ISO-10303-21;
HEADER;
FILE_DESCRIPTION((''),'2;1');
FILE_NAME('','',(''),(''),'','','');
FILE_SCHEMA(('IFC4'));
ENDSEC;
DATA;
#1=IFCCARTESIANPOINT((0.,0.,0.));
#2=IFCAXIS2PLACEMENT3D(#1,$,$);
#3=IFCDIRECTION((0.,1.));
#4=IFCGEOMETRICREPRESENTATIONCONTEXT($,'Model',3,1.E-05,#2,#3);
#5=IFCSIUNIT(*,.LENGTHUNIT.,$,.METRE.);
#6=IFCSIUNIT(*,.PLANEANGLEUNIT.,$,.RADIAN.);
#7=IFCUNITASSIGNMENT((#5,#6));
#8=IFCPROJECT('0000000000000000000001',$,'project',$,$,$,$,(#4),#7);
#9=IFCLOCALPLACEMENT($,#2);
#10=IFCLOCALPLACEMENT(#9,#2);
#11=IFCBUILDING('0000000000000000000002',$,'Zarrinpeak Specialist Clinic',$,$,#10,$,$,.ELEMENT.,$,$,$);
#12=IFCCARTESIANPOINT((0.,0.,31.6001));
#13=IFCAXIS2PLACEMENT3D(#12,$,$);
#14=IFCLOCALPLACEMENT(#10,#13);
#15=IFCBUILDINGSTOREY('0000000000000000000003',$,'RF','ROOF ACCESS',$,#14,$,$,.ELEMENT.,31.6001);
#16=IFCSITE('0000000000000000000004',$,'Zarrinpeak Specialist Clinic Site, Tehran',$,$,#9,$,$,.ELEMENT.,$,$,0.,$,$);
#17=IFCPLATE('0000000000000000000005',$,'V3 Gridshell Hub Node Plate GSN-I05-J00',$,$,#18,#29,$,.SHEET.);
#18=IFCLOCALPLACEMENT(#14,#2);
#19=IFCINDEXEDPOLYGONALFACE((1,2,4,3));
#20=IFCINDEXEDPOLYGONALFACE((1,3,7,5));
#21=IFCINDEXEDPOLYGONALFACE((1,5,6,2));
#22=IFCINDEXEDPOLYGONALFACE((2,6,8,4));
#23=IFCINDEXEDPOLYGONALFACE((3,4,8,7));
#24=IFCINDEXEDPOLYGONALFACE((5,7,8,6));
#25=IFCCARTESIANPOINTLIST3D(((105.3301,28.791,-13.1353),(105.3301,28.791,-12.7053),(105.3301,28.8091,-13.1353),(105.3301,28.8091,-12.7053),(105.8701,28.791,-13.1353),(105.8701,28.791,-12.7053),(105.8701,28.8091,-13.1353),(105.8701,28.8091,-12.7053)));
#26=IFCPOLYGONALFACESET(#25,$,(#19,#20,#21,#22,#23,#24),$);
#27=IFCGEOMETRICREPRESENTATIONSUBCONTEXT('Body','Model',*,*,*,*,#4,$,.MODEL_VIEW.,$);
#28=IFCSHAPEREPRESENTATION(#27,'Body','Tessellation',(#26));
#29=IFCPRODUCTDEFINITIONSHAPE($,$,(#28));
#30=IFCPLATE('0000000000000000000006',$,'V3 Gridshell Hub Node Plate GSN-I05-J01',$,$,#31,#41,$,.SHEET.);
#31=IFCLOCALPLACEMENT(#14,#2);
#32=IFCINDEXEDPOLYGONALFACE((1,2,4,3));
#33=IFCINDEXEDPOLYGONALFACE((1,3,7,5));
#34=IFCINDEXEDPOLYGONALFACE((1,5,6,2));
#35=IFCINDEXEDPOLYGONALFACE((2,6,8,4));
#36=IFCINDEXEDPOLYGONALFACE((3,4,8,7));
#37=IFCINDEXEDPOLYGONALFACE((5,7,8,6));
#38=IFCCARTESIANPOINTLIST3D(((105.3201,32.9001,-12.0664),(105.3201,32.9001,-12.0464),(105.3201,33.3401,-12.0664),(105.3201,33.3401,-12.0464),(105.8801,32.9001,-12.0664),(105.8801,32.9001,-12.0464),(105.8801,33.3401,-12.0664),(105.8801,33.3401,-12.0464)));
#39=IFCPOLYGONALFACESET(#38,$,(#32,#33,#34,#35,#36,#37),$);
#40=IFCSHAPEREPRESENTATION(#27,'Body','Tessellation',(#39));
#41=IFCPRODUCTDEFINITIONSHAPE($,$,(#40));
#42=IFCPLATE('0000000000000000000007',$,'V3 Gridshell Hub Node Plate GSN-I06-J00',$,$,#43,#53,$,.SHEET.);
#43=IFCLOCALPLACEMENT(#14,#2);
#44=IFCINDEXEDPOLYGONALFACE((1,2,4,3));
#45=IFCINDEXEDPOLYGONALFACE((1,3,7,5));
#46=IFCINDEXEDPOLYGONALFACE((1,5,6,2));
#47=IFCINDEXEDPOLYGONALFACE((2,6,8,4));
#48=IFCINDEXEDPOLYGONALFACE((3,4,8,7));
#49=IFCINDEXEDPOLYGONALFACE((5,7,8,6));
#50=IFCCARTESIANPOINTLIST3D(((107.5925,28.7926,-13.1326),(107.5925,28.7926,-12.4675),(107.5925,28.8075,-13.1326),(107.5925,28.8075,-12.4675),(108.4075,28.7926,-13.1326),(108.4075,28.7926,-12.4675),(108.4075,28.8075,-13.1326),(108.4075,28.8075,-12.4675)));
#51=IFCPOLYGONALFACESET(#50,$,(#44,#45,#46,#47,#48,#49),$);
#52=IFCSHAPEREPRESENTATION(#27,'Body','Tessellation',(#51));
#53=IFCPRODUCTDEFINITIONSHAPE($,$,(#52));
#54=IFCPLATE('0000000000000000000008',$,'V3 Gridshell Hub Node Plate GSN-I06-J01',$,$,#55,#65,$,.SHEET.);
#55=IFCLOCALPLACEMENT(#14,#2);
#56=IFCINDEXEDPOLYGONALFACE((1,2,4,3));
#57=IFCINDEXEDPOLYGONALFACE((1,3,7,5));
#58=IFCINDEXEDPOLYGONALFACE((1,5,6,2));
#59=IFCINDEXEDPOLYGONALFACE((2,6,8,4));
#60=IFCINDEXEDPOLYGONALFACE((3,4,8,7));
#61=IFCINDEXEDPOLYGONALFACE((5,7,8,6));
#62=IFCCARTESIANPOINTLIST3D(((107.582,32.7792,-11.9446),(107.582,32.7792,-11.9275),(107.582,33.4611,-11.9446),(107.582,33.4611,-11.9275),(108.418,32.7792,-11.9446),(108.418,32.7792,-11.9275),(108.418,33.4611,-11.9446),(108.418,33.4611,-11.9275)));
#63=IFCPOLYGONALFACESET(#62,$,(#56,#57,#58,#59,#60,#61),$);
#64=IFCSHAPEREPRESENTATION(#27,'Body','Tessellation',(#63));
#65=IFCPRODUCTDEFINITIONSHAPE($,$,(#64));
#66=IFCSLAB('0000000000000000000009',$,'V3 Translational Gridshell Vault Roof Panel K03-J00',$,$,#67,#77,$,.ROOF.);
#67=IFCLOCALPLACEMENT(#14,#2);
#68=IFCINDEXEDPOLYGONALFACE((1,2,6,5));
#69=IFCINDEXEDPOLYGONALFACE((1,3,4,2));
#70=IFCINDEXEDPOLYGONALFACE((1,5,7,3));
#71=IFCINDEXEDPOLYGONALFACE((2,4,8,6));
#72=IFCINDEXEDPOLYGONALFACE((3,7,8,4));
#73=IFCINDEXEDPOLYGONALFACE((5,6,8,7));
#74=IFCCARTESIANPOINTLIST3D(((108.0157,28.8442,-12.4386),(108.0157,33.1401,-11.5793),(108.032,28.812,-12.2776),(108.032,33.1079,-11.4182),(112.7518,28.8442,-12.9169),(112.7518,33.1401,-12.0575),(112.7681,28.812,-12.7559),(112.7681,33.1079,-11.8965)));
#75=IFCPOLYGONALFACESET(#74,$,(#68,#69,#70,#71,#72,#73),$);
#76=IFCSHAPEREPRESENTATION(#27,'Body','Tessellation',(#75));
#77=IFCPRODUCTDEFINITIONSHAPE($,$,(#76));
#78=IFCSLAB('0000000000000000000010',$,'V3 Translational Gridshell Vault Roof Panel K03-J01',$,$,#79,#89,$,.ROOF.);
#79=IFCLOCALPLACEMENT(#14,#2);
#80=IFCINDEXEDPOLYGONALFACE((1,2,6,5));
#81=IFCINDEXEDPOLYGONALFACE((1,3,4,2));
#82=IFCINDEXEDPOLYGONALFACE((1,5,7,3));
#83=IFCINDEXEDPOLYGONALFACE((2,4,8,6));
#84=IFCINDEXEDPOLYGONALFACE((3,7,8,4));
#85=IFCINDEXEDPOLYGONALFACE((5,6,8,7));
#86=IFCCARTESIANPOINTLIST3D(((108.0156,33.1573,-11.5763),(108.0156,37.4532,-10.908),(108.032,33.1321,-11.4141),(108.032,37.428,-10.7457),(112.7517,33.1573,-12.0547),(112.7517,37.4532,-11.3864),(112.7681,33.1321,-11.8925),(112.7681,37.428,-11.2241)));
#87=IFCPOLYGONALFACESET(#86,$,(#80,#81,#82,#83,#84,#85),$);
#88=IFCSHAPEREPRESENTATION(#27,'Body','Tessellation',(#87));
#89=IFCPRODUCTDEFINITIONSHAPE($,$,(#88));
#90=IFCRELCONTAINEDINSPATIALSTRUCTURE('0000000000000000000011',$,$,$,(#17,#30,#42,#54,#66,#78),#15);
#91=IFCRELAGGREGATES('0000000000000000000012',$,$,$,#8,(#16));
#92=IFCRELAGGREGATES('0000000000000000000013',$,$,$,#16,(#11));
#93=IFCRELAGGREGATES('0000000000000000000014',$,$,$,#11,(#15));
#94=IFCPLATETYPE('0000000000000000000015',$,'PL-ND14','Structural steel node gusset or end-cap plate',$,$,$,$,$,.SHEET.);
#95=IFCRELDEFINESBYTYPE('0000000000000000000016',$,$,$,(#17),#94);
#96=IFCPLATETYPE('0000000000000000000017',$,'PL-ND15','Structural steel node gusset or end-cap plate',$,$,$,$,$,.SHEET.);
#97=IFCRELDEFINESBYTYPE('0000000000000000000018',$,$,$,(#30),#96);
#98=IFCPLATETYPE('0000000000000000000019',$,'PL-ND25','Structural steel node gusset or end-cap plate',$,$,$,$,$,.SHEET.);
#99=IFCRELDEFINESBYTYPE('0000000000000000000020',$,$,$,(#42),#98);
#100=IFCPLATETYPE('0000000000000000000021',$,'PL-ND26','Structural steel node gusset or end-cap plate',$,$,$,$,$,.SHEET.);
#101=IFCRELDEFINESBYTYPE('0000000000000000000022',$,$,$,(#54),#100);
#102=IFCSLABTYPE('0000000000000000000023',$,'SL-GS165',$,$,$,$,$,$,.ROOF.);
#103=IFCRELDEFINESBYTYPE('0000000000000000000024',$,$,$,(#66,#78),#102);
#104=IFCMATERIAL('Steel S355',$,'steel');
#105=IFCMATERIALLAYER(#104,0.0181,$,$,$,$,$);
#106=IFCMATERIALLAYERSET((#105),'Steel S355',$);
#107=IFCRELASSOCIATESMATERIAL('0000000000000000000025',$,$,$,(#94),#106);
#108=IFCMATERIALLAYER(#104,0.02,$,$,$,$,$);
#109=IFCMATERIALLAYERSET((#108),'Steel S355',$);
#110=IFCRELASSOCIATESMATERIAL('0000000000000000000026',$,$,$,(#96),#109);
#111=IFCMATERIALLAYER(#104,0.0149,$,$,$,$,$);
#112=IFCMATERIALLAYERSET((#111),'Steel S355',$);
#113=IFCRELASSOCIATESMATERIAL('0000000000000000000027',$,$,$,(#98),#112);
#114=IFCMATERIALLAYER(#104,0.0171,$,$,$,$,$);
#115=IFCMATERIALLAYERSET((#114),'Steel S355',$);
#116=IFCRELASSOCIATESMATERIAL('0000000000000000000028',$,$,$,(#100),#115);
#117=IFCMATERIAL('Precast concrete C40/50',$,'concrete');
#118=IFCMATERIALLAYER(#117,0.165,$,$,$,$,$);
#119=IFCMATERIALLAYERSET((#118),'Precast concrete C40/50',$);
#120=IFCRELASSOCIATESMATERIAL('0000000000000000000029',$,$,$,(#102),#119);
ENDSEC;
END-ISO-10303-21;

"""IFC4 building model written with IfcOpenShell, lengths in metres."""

from ifc_helpers import new_model, si_unit, direction, frame, origin, origin_2d, place, context, subcontext, project, spatial, polyline, rectangle, outline, extrude, material, layer, layer_set, type_object, element, save


model = new_model("IFC4")

# Units and contexts
model_context = context("Model", 3, precision=1e-05, world=origin(), true_north=direction((0.0, 1.0)))
body_context = subcontext(model_context, "Body", "Model", "MODEL_VIEW")
ifc_project = project(units=[si_unit("LENGTHUNIT", "METRE"), si_unit("PLANEANGLEUNIT", "RADIAN")], contexts=[model_context])

# Site, building, storey
site_placement = place(None, origin())
site = spatial("IfcSite", under=ifc_project, at=site_placement, Name="Zarrinpeak Specialist Clinic Site, Tehran", CompositionType="ELEMENT", RefElevation=0.0)
building_placement = place(site_placement, origin())
building = spatial("IfcBuilding", under=site, at=building_placement, Name="Zarrinpeak Specialist Clinic", CompositionType="ELEMENT")
storey_placement = place(building_placement, frame((0.0, 0.0, 31.6001)))
storey = spatial("IfcBuildingStorey", under=building, at=storey_placement, Name="RF", Description="ROOF ACCESS", CompositionType="ELEMENT", Elevation=31.6001)

# Shared definitions
ifc_material_1 = material(Name="Steel S355", Category="steel")

# Plates
ifc_layer_1 = layer(ifc_material_1, 0.0181)
ifc_layer_set_1 = layer_set([ifc_layer_1], Name="Steel S355")
plate_type_1 = type_object("IfcPlateType", Name="PL-ND14", Description="Structural steel node gusset or end-cap plate", PredefinedType="SHEET", material=ifc_layer_set_1)
plate_1_placement = place(storey_placement, frame((105.6001, 28.8, -13.1353), z_axis=(0.0, 0.0, 1.0), x_axis=(1.0, 0.0, 0.0)))
element("IfcPlate", 1, at=plate_1_placement, inside=storey, type_object=plate_type_1, Name="V3 Gridshell Hub Node Plate GSN-I05-J00", PredefinedType="SHEET", context=body_context, shape_type="SweptSolid", body=[
    extrude(rectangle(XDim=0.54, YDim=0.0181, at=origin_2d()), origin(), (0.0, 0.0, 1.0), 0.4299),
])
ifc_layer_2 = layer(ifc_material_1, 0.02)
ifc_layer_set_2 = layer_set([ifc_layer_2], Name="Steel S355")
plate_type_2 = type_object("IfcPlateType", Name="PL-ND15", Description="Structural steel node gusset or end-cap plate", PredefinedType="SHEET", material=ifc_layer_set_2)
plate_2_placement = place(storey_placement, frame((105.6001, 33.1201, -12.0664), z_axis=(0.0, 0.0, 1.0), x_axis=(1.0, 0.0, 0.0)))
element("IfcPlate", 2, at=plate_2_placement, inside=storey, type_object=plate_type_2, Name="V3 Gridshell Hub Node Plate GSN-I05-J01", PredefinedType="SHEET", context=body_context, shape_type="SweptSolid", body=[
    extrude(rectangle(XDim=0.5601, YDim=0.4399, at=origin_2d()), origin(), (0.0, 0.0, 1.0), 0.02),
])
ifc_layer_3 = layer(ifc_material_1, 0.0149)
ifc_layer_set_3 = layer_set([ifc_layer_3], Name="Steel S355")
plate_type_3 = type_object("IfcPlateType", Name="PL-ND25", Description="Structural steel node gusset or end-cap plate", PredefinedType="SHEET", material=ifc_layer_set_3)
plate_3_placement = place(storey_placement, frame((108.0, 28.8, -13.1326), z_axis=(0.0, 0.0, 1.0), x_axis=(1.0, 0.0, 0.0)))
element("IfcPlate", 3, at=plate_3_placement, inside=storey, type_object=plate_type_3, Name="V3 Gridshell Hub Node Plate GSN-I06-J00", PredefinedType="SHEET", context=body_context, shape_type="SweptSolid", body=[
    extrude(rectangle(XDim=0.8149, YDim=0.0149, at=origin_2d()), origin(), (0.0, 0.0, 1.0), 0.665),
])
ifc_layer_4 = layer(ifc_material_1, 0.0171)
ifc_layer_set_4 = layer_set([ifc_layer_4], Name="Steel S355")
plate_type_4 = type_object("IfcPlateType", Name="PL-ND26", Description="Structural steel node gusset or end-cap plate", PredefinedType="SHEET", material=ifc_layer_set_4)
plate_4_placement = place(storey_placement, frame((108.0, 33.1201, -11.9446), z_axis=(0.0, 0.0, 1.0), x_axis=(1.0, 0.0, 0.0)))
element("IfcPlate", 4, at=plate_4_placement, inside=storey, type_object=plate_type_4, Name="V3 Gridshell Hub Node Plate GSN-I06-J01", PredefinedType="SHEET", context=body_context, shape_type="SweptSolid", body=[
    extrude(rectangle(XDim=0.8359, YDim=0.6819, at=origin_2d()), origin(), (0.0, 0.0, 1.0), 0.0171),
])

# Slabs
ifc_material_2 = material(Name="Precast concrete C40/50", Category="concrete")
ifc_layer_5 = layer(ifc_material_2, 0.165)
ifc_layer_set_5 = layer_set([ifc_layer_5], Name="Precast concrete C40/50")
slab_type = type_object("IfcSlabType", Name="SL-GS165", PredefinedType="ROOF", material=ifc_layer_set_5)
slab_1_placement = place(storey_placement, frame((108.032, 28.812, -12.2776), z_axis=(0.098541, -0.195204, 0.9758), x_axis=(0.99494, 0.0, -0.100474)))
element("IfcSlab", 5, at=slab_1_placement, inside=storey, type_object=slab_type, Name="V3 Translational Gridshell Vault Roof Panel K03-J00", PredefinedType="ROOF", context=body_context, shape_type="SweptSolid", body=[
    extrude(outline(polyline([(0.0, 0.0), (4.7602, 0.0), (4.6738, 4.3802), (-0.0863, 4.3802), (0.0, 0.0)])), origin(), (0.0, 0.0, -1.0), 0.165),
])
slab_2_placement = place(storey_placement, frame((108.032, 33.1321, -11.4141), z_axis=(0.099316, -0.152966, 0.983228), x_axis=(0.994937, 0.000004, -0.100498)))
element("IfcSlab", 6, at=slab_2_placement, inside=storey, type_object=slab_type, Name="V3 Translational Gridshell Vault Roof Panel K03-J01", PredefinedType="ROOF", context=body_context, shape_type="SweptSolid", body=[
    extrude(outline(polyline([(0.0, 0.0), (4.7602, 0.0), (4.693, 4.347), (-0.0672, 4.3471), (0.0, 0.0)])), origin(), (0.0, 0.0, -1.0), 0.165),
])

save(model, "model.ifc")
